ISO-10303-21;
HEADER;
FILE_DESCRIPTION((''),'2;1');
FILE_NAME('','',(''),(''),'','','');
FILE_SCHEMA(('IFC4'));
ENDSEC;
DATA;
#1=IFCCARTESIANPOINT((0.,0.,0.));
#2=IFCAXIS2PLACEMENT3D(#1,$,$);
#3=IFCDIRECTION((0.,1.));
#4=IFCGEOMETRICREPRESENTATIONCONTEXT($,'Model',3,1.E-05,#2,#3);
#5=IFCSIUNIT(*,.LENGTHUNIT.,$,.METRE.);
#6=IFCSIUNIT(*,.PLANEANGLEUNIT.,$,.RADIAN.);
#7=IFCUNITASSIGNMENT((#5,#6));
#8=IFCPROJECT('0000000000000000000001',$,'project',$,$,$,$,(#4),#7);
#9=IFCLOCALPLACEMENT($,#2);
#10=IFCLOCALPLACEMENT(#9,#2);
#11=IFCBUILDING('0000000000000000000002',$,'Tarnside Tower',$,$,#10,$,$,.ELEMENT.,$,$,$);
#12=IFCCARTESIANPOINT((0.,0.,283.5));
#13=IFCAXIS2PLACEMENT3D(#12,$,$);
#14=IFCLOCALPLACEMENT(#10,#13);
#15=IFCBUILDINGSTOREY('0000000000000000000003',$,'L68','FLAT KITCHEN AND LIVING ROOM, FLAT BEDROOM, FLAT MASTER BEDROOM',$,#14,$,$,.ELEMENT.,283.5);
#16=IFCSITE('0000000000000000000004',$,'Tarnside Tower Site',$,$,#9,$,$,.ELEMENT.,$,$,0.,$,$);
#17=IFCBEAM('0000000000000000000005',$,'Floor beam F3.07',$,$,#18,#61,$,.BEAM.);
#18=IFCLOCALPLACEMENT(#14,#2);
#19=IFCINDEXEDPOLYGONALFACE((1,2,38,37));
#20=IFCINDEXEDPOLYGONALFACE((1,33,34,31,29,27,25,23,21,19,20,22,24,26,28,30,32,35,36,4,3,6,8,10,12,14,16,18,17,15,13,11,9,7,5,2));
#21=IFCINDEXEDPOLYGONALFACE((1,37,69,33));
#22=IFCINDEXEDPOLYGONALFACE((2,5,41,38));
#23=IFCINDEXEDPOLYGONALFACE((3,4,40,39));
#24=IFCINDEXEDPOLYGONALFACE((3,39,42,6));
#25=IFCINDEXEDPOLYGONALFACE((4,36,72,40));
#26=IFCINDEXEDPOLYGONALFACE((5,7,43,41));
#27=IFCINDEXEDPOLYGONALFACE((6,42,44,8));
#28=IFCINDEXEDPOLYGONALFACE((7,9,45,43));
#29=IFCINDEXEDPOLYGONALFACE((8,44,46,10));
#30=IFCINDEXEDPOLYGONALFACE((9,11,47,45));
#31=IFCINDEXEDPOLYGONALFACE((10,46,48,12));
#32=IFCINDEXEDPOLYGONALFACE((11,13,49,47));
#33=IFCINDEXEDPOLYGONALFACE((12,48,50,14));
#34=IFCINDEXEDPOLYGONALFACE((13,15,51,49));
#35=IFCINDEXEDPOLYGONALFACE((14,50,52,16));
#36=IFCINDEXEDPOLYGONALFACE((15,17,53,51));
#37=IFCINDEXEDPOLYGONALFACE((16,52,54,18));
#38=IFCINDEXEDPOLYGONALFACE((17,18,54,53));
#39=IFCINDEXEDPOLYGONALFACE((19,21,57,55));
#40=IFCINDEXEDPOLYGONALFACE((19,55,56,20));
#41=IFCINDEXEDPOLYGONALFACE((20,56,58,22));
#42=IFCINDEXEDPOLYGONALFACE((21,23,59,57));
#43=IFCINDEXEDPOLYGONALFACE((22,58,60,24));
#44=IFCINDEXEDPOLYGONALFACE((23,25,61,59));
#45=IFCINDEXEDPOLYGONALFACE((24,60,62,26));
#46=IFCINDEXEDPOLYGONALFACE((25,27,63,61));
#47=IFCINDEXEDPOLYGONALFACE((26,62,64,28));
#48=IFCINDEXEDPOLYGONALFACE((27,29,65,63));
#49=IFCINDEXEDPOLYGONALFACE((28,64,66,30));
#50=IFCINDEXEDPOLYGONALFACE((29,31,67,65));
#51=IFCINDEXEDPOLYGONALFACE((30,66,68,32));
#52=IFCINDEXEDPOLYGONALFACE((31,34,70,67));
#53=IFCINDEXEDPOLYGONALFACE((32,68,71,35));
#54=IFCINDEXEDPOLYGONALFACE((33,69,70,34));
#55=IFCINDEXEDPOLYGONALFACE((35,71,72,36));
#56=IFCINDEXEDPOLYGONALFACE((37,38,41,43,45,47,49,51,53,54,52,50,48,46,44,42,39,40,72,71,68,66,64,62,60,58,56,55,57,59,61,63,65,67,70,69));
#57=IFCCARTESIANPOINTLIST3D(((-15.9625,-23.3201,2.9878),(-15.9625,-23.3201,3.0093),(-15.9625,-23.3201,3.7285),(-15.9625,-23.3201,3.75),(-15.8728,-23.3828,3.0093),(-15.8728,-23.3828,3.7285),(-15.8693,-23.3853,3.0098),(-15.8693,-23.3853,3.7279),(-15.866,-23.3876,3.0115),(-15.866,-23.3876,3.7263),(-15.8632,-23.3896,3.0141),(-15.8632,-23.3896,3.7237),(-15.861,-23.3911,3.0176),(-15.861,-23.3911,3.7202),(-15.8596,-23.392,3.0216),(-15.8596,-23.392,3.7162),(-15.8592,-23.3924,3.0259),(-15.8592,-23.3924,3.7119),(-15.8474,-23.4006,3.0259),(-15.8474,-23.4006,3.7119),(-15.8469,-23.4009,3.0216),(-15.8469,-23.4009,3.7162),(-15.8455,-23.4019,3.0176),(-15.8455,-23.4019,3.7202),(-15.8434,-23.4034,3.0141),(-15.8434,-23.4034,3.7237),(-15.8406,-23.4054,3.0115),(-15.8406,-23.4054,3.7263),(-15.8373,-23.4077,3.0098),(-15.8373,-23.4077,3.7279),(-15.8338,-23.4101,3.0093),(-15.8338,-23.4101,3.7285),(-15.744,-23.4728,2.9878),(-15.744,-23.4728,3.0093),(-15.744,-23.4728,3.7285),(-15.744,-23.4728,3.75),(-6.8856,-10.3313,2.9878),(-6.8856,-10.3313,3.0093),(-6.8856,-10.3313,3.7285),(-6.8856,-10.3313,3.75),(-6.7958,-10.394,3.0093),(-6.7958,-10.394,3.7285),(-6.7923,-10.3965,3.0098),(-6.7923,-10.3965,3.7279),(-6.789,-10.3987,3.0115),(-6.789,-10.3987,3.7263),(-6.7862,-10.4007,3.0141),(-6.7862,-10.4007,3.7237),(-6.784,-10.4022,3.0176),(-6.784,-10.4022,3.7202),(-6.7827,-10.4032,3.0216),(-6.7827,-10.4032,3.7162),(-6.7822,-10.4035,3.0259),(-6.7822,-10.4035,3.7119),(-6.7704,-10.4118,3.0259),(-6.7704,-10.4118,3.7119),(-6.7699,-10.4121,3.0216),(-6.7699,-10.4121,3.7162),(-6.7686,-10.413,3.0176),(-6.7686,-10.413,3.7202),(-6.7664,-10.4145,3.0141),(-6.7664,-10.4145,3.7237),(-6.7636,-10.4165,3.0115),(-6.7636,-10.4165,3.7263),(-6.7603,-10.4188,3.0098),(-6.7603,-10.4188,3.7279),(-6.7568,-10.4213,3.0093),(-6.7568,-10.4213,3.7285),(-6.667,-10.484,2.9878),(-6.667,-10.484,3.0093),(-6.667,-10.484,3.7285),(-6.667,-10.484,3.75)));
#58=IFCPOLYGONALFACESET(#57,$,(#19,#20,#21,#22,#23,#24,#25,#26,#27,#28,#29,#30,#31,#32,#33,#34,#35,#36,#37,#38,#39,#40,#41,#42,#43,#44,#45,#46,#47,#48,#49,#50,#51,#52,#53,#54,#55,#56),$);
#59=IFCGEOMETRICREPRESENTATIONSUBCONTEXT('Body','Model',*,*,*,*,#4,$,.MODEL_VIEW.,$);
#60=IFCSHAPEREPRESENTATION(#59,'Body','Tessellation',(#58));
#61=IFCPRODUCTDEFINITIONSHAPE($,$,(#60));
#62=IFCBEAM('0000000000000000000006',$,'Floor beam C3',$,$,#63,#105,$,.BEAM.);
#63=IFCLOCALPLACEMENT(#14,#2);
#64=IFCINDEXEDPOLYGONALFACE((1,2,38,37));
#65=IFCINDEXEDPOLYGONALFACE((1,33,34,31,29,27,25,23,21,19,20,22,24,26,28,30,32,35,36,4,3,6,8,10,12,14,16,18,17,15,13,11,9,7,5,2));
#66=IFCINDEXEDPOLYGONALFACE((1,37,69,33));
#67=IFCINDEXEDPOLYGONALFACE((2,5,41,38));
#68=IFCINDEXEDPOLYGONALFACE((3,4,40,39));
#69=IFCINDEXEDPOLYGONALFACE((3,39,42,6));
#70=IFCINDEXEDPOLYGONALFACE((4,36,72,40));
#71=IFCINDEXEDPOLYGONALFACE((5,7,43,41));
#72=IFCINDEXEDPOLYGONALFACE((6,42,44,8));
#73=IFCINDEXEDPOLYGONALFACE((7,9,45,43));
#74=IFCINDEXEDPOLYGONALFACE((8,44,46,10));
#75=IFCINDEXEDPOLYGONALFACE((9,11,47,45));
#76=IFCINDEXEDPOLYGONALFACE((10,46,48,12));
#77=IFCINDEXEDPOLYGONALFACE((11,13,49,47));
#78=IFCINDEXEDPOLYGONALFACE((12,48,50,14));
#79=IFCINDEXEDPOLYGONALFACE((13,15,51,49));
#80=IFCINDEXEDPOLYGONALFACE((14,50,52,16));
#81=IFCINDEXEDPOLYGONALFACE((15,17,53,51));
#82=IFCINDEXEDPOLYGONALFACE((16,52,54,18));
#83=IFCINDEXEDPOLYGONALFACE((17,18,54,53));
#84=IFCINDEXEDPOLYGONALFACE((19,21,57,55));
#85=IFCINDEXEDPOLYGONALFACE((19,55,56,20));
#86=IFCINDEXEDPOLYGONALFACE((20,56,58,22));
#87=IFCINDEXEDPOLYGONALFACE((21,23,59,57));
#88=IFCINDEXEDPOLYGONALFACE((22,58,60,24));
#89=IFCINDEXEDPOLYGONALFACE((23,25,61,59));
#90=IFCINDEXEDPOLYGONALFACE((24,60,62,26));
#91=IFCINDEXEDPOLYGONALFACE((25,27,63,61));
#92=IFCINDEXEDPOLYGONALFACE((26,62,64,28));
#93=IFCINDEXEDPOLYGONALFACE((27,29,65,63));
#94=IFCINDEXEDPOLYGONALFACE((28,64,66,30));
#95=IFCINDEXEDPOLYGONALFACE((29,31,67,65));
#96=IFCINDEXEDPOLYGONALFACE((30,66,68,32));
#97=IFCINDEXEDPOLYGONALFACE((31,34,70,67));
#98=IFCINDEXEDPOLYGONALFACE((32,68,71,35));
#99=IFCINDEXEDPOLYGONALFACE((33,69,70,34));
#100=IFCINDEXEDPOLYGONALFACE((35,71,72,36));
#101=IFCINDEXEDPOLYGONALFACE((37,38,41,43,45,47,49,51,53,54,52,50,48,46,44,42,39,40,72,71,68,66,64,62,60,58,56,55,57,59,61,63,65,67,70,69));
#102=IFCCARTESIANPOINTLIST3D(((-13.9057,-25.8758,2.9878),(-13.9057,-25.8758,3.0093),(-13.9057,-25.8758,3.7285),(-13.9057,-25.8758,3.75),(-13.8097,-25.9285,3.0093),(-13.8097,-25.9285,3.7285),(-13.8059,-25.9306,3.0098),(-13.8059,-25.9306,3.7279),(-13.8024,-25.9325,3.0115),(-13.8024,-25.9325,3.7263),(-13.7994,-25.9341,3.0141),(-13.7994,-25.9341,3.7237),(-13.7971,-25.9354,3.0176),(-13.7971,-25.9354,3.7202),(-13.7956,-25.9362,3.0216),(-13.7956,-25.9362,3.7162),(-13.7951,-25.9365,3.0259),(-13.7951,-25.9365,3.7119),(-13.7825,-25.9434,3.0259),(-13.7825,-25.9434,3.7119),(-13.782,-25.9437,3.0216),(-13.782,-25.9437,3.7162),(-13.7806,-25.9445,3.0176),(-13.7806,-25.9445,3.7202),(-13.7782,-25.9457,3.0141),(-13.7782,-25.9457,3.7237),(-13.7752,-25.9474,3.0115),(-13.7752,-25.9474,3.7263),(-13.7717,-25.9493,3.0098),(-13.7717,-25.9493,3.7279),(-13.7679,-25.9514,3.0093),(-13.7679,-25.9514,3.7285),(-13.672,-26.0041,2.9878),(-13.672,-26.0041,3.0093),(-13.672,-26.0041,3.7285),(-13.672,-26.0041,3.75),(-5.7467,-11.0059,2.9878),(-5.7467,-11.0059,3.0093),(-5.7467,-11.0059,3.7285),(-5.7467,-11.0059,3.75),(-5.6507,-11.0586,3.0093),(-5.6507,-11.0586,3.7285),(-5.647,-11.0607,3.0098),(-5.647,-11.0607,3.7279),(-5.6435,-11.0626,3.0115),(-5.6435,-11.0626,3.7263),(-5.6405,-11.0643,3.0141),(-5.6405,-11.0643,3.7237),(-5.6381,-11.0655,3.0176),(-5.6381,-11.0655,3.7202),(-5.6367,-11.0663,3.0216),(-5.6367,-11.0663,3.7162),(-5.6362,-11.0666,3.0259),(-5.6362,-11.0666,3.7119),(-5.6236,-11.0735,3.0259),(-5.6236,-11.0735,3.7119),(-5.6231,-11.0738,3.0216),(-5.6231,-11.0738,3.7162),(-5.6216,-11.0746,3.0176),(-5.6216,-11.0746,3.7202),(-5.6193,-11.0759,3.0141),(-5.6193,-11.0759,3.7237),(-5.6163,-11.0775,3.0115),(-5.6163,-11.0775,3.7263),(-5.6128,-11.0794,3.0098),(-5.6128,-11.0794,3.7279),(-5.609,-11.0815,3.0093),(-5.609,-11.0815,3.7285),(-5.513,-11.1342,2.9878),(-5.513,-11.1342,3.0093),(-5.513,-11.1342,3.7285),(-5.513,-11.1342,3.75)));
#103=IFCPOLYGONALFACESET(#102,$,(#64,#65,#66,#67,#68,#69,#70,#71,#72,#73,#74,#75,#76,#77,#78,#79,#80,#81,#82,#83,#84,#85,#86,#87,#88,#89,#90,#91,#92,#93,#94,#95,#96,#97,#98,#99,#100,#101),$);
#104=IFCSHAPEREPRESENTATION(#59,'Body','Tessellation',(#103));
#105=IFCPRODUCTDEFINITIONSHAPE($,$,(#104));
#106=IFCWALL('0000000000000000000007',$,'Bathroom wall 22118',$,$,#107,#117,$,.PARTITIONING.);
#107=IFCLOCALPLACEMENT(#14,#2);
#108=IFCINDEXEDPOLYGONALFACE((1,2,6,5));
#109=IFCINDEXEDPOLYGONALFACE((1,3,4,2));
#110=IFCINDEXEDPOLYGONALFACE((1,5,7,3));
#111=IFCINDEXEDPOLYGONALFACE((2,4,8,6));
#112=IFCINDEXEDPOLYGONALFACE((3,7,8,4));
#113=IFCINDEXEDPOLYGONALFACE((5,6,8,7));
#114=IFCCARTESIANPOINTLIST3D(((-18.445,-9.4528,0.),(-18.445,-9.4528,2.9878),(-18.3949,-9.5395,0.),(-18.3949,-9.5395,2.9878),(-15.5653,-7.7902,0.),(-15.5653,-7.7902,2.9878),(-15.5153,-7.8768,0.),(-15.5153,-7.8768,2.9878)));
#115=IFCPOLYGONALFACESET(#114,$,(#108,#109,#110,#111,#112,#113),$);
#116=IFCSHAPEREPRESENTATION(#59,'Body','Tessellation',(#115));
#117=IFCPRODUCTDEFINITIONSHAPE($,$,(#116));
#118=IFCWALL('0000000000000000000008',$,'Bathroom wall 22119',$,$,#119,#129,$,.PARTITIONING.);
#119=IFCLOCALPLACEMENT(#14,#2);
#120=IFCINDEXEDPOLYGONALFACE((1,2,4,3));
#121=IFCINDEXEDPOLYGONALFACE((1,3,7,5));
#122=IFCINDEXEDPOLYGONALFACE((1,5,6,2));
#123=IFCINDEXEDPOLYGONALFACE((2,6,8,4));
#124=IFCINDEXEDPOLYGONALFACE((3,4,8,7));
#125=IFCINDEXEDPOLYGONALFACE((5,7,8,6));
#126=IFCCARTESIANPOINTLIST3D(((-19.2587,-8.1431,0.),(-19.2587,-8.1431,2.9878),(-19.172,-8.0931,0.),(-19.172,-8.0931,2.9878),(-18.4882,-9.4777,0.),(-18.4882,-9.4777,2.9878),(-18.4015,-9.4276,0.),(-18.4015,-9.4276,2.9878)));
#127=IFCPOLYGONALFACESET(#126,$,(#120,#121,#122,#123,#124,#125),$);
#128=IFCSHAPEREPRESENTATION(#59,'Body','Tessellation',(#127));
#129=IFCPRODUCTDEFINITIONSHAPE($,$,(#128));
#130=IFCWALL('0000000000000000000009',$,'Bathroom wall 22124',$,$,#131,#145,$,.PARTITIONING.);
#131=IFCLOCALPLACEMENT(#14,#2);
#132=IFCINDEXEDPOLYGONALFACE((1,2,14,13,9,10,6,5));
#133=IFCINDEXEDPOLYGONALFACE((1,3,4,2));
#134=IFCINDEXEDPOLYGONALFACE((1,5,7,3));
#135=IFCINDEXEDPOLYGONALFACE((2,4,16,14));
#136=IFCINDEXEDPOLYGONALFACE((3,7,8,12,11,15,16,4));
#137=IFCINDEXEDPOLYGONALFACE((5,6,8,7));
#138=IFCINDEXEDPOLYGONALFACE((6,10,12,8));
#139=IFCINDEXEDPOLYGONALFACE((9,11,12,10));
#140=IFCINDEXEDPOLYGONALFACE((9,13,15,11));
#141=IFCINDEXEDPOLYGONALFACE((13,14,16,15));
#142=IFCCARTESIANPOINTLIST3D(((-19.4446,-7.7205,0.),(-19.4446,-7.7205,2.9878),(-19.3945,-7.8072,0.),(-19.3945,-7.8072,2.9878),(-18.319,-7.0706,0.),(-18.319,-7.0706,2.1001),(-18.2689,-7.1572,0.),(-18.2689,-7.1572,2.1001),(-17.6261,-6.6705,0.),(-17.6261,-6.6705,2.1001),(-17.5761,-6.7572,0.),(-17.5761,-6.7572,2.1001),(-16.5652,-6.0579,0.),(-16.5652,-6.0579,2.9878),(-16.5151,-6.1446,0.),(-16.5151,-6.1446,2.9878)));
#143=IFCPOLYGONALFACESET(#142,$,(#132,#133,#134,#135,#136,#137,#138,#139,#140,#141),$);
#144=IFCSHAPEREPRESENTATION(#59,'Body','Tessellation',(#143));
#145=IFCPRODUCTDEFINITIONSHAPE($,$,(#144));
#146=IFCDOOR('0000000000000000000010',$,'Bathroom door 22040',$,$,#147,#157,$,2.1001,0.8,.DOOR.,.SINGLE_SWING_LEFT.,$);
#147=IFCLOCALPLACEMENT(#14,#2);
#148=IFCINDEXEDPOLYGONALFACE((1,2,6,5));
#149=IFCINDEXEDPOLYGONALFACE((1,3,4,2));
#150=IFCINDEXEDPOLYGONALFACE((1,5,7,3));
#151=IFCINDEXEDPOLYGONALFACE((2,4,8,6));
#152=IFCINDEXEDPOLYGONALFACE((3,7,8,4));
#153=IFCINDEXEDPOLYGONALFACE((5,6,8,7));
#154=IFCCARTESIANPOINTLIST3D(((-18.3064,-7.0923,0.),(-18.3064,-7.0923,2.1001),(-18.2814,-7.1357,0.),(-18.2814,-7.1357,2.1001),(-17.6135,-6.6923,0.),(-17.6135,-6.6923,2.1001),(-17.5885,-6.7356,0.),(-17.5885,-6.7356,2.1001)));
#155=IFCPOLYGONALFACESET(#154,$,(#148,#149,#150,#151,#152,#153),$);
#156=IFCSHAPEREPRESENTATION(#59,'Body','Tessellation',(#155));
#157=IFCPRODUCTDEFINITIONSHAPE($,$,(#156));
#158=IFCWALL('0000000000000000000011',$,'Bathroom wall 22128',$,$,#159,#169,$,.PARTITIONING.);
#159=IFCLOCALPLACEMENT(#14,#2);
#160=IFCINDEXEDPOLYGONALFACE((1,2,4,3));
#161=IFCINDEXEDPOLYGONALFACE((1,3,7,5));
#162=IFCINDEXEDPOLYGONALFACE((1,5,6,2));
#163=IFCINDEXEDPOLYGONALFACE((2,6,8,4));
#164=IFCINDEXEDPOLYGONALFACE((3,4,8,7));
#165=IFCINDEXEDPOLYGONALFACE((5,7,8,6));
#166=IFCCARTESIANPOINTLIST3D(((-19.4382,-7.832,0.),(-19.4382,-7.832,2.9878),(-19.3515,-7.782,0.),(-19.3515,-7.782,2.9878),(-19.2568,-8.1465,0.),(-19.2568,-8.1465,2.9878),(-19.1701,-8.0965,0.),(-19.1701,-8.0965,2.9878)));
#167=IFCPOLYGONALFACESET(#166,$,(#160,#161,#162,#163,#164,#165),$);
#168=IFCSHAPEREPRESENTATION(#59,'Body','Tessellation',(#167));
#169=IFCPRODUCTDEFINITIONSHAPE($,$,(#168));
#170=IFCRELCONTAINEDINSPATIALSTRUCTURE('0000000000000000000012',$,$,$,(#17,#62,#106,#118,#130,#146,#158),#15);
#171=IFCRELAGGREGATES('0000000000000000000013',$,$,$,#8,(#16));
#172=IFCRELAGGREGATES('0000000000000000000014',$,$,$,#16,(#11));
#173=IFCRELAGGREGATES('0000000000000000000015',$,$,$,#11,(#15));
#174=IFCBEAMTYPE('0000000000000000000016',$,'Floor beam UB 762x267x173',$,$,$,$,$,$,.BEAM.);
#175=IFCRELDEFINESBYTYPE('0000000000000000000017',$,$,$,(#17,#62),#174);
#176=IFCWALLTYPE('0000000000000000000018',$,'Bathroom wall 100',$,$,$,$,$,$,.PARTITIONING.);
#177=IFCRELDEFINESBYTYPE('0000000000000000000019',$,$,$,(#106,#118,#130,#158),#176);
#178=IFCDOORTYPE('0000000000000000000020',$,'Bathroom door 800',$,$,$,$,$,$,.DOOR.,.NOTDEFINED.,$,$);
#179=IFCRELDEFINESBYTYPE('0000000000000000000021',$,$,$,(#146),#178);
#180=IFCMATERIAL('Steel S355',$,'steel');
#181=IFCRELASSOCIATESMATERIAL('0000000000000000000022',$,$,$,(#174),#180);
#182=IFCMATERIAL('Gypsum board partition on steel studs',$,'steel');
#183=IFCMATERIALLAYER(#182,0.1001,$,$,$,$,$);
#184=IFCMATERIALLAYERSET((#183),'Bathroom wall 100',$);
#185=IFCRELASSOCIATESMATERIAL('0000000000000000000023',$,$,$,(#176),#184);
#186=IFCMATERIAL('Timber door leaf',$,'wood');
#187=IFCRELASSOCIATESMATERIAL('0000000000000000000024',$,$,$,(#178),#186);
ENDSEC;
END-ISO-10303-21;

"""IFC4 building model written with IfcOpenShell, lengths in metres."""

from ifc_helpers import new_model, si_unit, direction, frame, frame_2d, origin, origin_2d, place, context, subcontext, project, spatial, rectangle, i_section, extrude, material, layer, layer_set, material_profile, profile_set, type_object, element, fill, save


model = new_model("IFC4")

# Units and contexts
model_context = context("Model", 3, precision=1e-05, world=origin(), true_north=direction((0.0, 1.0)))
body_context = subcontext(model_context, "Body", "Model", "MODEL_VIEW")
ifc_project = project(units=[si_unit("LENGTHUNIT", "METRE"), si_unit("PLANEANGLEUNIT", "RADIAN")], contexts=[model_context])

# Site, building, storey
site_placement = place(None, origin())
site = spatial("IfcSite", under=ifc_project, at=site_placement, Name="Tarnside Tower Site", CompositionType="ELEMENT", RefElevation=0.0)
building_placement = place(site_placement, origin())
building = spatial("IfcBuilding", under=site, at=building_placement, Name="Tarnside Tower", CompositionType="ELEMENT")
storey_placement = place(building_placement, frame((0.0, 0.0, 283.5)))
storey = spatial("IfcBuildingStorey", under=building, at=storey_placement, Name="L68", Description="FLAT KITCHEN AND LIVING ROOM, FLAT BEDROOM, FLAT MASTER BEDROOM", CompositionType="ELEMENT", Elevation=283.5)

# Beams
ifc_material_1 = material(Name="Steel S355", Category="steel")
ifc_material_profile_1 = material_profile(ifc_material_1, i_section(OverallWidth=0.2666, OverallDepth=0.7622, WebThickness=0.0144, FlangeThickness=0.0215, FilletRadius=0.0166, at=origin_2d()), Name="UB 762x267x173")
ifc_profile_set_1 = profile_set([ifc_material_profile_1], Name="Steel S355")
beam_type_1 = type_object("IfcBeamType", Name="Floor beam UB 762x267x173", PredefinedType="BEAM", material=ifc_profile_set_1)
beam_1_placement = place(storey_placement, frame((-15.8533, -23.3965, 3.3689), z_axis=(0.572817, 0.819683, 0.0), x_axis=(-0.819683, 0.572817, 0.0)))
element("IfcBeam", 1, at=beam_1_placement, inside=storey, type_object=beam_type_1, Name="Floor beam F3.07", PredefinedType="BEAM", context=body_context, shape_type="SweptSolid", body=[
    extrude(i_section(OverallWidth=0.2666, OverallDepth=0.7622, WebThickness=0.0144, FlangeThickness=0.0215, FilletRadius=0.0166, at=origin_2d()), origin(), (0.0, 0.0, 1.0), 15.8462),
])
beam_2_placement = place(storey_placement, frame((-13.7888, -25.9399, 3.3689), z_axis=(0.481036, 0.876701, 0.0), x_axis=(-0.876701, 0.481036, 0.0)))
element("IfcBeam", 2, at=beam_2_placement, inside=storey, type_object=beam_type_1, Name="Floor beam C3", PredefinedType="BEAM", context=body_context, shape_type="SweptSolid", body=[
    extrude(i_section(OverallWidth=0.2666, OverallDepth=0.7622, WebThickness=0.0144, FlangeThickness=0.0215, FilletRadius=0.0166, at=origin_2d()), origin(), (0.0, 0.0, 1.0), 16.9612),
])

# Walls
ifc_material_2 = material(Name="Gypsum board partition on steel studs", Category="steel")
ifc_layer_1 = layer(ifc_material_2, 0.1001)
ifc_layer_set_1 = layer_set([ifc_layer_1], Name="Bathroom wall 100")
wall_type_1 = type_object("IfcWallType", Name="Bathroom wall 100", PredefinedType="PARTITIONING", material=ifc_layer_set_1)
wall_1_placement = place(storey_placement, frame((-15.5403, -7.8335, 0.0), z_axis=(0.0, 0.0, 1.0), x_axis=(-0.866021, -0.500008, 0.0)))
element("IfcWall", 3, at=wall_1_placement, inside=storey, type_object=wall_type_1, Name="Bathroom wall 22118", PredefinedType="PARTITIONING", context=body_context, shape_type="SweptSolid", body=[
    extrude(rectangle(XDim=3.3252, YDim=0.1001, at=frame_2d((1.6626, 0.0))), origin(), (0.0, 0.0, 1.0), 2.9878),
])
wall_2_placement = place(storey_placement, frame((-18.4448, -9.4526, 0.0), z_axis=(0.0, 0.0, 1.0), x_axis=(-0.500024, 0.866011, 0.0)))
element("IfcWall", 4, at=wall_2_placement, inside=storey, type_object=wall_type_1, Name="Bathroom wall 22119", PredefinedType="PARTITIONING", context=body_context, shape_type="SweptSolid", body=[
    extrude(rectangle(XDim=1.541, YDim=0.1001, at=frame_2d((0.7705, 0.0))), origin(), (0.0, 0.0, 1.0), 2.9878),
])

# Wall, opening, door
wall_3_placement = place(storey_placement, frame((-19.4197, -7.7639, 0.0), z_axis=(0.0, 0.0, 1.0), x_axis=(0.866002, 0.50004, 0.0)))
wall_3 = element("IfcWall", 5, at=wall_3_placement, inside=storey, type_object=wall_type_1, Name="Bathroom wall 22124", PredefinedType="PARTITIONING", context=body_context, shape_type="SweptSolid", body=[
    extrude(rectangle(XDim=3.325, YDim=0.1001, at=frame_2d((1.6626, 0.0))), origin(), (0.0, 0.0, 1.0), 2.9878),
])
opening_1_placement = place(wall_3_placement, frame((1.3, 0.0, 0.0)))
opening_1 = element("IfcOpeningElement", 6, at=opening_1_placement, cuts=wall_3, PredefinedType="OPENING", context=body_context, shape_type="SweptSolid", body=[
    extrude(rectangle(XDim=0.8, YDim=2.1001, at=frame_2d((0.3999, 1.05))), frame((0.0, 0.0601, 0.0), z_axis=(0.0, -1.0, 0.0), x_axis=(1.0, 0.0, 0.0)), (0.0, 0.0, 1.0), 0.1201),
])
ifc_material_3 = material(Name="Timber door leaf", Category="wood")
door_type_1 = type_object("IfcDoorType", Name="Bathroom door 800", OperationType="NOTDEFINED", PredefinedType="DOOR", material=ifc_material_3)
door_1_placement = place(opening_1_placement, origin())
door_1 = element("IfcDoor", 7, at=door_1_placement, inside=storey, type_object=door_type_1, Name="Bathroom door 22040", OperationType="SINGLE_SWING_LEFT", OverallHeight=2.1001, OverallWidth=0.8, PredefinedType="DOOR", context=body_context, shape_type="SweptSolid", body=[
    extrude(rectangle(XDim=0.8, YDim=2.1001, at=frame_2d((0.3999, 1.05))), frame((0.0, 0.0249, 0.0), z_axis=(0.0, -1.0, 0.0), x_axis=(1.0, 0.0, 0.0)), (0.0, 0.0, 1.0), 0.05),
])
fill(opening_1, door_1)

# Wall
wall_4_placement = place(storey_placement, frame((-19.2134, -8.1216, 0.0), z_axis=(0.0, 0.0, 1.0), x_axis=(-0.499684, 0.866208, 0.0)))
element("IfcWall", 8, at=wall_4_placement, inside=storey, type_object=wall_type_1, Name="Bathroom wall 22128", PredefinedType="PARTITIONING", context=body_context, shape_type="SweptSolid", body=[
    extrude(rectangle(XDim=0.363, YDim=0.1001, at=frame_2d((0.1816, 0.0))), origin(), (0.0, 0.0, 1.0), 2.9878),
])

save(model, "model.ifc")
